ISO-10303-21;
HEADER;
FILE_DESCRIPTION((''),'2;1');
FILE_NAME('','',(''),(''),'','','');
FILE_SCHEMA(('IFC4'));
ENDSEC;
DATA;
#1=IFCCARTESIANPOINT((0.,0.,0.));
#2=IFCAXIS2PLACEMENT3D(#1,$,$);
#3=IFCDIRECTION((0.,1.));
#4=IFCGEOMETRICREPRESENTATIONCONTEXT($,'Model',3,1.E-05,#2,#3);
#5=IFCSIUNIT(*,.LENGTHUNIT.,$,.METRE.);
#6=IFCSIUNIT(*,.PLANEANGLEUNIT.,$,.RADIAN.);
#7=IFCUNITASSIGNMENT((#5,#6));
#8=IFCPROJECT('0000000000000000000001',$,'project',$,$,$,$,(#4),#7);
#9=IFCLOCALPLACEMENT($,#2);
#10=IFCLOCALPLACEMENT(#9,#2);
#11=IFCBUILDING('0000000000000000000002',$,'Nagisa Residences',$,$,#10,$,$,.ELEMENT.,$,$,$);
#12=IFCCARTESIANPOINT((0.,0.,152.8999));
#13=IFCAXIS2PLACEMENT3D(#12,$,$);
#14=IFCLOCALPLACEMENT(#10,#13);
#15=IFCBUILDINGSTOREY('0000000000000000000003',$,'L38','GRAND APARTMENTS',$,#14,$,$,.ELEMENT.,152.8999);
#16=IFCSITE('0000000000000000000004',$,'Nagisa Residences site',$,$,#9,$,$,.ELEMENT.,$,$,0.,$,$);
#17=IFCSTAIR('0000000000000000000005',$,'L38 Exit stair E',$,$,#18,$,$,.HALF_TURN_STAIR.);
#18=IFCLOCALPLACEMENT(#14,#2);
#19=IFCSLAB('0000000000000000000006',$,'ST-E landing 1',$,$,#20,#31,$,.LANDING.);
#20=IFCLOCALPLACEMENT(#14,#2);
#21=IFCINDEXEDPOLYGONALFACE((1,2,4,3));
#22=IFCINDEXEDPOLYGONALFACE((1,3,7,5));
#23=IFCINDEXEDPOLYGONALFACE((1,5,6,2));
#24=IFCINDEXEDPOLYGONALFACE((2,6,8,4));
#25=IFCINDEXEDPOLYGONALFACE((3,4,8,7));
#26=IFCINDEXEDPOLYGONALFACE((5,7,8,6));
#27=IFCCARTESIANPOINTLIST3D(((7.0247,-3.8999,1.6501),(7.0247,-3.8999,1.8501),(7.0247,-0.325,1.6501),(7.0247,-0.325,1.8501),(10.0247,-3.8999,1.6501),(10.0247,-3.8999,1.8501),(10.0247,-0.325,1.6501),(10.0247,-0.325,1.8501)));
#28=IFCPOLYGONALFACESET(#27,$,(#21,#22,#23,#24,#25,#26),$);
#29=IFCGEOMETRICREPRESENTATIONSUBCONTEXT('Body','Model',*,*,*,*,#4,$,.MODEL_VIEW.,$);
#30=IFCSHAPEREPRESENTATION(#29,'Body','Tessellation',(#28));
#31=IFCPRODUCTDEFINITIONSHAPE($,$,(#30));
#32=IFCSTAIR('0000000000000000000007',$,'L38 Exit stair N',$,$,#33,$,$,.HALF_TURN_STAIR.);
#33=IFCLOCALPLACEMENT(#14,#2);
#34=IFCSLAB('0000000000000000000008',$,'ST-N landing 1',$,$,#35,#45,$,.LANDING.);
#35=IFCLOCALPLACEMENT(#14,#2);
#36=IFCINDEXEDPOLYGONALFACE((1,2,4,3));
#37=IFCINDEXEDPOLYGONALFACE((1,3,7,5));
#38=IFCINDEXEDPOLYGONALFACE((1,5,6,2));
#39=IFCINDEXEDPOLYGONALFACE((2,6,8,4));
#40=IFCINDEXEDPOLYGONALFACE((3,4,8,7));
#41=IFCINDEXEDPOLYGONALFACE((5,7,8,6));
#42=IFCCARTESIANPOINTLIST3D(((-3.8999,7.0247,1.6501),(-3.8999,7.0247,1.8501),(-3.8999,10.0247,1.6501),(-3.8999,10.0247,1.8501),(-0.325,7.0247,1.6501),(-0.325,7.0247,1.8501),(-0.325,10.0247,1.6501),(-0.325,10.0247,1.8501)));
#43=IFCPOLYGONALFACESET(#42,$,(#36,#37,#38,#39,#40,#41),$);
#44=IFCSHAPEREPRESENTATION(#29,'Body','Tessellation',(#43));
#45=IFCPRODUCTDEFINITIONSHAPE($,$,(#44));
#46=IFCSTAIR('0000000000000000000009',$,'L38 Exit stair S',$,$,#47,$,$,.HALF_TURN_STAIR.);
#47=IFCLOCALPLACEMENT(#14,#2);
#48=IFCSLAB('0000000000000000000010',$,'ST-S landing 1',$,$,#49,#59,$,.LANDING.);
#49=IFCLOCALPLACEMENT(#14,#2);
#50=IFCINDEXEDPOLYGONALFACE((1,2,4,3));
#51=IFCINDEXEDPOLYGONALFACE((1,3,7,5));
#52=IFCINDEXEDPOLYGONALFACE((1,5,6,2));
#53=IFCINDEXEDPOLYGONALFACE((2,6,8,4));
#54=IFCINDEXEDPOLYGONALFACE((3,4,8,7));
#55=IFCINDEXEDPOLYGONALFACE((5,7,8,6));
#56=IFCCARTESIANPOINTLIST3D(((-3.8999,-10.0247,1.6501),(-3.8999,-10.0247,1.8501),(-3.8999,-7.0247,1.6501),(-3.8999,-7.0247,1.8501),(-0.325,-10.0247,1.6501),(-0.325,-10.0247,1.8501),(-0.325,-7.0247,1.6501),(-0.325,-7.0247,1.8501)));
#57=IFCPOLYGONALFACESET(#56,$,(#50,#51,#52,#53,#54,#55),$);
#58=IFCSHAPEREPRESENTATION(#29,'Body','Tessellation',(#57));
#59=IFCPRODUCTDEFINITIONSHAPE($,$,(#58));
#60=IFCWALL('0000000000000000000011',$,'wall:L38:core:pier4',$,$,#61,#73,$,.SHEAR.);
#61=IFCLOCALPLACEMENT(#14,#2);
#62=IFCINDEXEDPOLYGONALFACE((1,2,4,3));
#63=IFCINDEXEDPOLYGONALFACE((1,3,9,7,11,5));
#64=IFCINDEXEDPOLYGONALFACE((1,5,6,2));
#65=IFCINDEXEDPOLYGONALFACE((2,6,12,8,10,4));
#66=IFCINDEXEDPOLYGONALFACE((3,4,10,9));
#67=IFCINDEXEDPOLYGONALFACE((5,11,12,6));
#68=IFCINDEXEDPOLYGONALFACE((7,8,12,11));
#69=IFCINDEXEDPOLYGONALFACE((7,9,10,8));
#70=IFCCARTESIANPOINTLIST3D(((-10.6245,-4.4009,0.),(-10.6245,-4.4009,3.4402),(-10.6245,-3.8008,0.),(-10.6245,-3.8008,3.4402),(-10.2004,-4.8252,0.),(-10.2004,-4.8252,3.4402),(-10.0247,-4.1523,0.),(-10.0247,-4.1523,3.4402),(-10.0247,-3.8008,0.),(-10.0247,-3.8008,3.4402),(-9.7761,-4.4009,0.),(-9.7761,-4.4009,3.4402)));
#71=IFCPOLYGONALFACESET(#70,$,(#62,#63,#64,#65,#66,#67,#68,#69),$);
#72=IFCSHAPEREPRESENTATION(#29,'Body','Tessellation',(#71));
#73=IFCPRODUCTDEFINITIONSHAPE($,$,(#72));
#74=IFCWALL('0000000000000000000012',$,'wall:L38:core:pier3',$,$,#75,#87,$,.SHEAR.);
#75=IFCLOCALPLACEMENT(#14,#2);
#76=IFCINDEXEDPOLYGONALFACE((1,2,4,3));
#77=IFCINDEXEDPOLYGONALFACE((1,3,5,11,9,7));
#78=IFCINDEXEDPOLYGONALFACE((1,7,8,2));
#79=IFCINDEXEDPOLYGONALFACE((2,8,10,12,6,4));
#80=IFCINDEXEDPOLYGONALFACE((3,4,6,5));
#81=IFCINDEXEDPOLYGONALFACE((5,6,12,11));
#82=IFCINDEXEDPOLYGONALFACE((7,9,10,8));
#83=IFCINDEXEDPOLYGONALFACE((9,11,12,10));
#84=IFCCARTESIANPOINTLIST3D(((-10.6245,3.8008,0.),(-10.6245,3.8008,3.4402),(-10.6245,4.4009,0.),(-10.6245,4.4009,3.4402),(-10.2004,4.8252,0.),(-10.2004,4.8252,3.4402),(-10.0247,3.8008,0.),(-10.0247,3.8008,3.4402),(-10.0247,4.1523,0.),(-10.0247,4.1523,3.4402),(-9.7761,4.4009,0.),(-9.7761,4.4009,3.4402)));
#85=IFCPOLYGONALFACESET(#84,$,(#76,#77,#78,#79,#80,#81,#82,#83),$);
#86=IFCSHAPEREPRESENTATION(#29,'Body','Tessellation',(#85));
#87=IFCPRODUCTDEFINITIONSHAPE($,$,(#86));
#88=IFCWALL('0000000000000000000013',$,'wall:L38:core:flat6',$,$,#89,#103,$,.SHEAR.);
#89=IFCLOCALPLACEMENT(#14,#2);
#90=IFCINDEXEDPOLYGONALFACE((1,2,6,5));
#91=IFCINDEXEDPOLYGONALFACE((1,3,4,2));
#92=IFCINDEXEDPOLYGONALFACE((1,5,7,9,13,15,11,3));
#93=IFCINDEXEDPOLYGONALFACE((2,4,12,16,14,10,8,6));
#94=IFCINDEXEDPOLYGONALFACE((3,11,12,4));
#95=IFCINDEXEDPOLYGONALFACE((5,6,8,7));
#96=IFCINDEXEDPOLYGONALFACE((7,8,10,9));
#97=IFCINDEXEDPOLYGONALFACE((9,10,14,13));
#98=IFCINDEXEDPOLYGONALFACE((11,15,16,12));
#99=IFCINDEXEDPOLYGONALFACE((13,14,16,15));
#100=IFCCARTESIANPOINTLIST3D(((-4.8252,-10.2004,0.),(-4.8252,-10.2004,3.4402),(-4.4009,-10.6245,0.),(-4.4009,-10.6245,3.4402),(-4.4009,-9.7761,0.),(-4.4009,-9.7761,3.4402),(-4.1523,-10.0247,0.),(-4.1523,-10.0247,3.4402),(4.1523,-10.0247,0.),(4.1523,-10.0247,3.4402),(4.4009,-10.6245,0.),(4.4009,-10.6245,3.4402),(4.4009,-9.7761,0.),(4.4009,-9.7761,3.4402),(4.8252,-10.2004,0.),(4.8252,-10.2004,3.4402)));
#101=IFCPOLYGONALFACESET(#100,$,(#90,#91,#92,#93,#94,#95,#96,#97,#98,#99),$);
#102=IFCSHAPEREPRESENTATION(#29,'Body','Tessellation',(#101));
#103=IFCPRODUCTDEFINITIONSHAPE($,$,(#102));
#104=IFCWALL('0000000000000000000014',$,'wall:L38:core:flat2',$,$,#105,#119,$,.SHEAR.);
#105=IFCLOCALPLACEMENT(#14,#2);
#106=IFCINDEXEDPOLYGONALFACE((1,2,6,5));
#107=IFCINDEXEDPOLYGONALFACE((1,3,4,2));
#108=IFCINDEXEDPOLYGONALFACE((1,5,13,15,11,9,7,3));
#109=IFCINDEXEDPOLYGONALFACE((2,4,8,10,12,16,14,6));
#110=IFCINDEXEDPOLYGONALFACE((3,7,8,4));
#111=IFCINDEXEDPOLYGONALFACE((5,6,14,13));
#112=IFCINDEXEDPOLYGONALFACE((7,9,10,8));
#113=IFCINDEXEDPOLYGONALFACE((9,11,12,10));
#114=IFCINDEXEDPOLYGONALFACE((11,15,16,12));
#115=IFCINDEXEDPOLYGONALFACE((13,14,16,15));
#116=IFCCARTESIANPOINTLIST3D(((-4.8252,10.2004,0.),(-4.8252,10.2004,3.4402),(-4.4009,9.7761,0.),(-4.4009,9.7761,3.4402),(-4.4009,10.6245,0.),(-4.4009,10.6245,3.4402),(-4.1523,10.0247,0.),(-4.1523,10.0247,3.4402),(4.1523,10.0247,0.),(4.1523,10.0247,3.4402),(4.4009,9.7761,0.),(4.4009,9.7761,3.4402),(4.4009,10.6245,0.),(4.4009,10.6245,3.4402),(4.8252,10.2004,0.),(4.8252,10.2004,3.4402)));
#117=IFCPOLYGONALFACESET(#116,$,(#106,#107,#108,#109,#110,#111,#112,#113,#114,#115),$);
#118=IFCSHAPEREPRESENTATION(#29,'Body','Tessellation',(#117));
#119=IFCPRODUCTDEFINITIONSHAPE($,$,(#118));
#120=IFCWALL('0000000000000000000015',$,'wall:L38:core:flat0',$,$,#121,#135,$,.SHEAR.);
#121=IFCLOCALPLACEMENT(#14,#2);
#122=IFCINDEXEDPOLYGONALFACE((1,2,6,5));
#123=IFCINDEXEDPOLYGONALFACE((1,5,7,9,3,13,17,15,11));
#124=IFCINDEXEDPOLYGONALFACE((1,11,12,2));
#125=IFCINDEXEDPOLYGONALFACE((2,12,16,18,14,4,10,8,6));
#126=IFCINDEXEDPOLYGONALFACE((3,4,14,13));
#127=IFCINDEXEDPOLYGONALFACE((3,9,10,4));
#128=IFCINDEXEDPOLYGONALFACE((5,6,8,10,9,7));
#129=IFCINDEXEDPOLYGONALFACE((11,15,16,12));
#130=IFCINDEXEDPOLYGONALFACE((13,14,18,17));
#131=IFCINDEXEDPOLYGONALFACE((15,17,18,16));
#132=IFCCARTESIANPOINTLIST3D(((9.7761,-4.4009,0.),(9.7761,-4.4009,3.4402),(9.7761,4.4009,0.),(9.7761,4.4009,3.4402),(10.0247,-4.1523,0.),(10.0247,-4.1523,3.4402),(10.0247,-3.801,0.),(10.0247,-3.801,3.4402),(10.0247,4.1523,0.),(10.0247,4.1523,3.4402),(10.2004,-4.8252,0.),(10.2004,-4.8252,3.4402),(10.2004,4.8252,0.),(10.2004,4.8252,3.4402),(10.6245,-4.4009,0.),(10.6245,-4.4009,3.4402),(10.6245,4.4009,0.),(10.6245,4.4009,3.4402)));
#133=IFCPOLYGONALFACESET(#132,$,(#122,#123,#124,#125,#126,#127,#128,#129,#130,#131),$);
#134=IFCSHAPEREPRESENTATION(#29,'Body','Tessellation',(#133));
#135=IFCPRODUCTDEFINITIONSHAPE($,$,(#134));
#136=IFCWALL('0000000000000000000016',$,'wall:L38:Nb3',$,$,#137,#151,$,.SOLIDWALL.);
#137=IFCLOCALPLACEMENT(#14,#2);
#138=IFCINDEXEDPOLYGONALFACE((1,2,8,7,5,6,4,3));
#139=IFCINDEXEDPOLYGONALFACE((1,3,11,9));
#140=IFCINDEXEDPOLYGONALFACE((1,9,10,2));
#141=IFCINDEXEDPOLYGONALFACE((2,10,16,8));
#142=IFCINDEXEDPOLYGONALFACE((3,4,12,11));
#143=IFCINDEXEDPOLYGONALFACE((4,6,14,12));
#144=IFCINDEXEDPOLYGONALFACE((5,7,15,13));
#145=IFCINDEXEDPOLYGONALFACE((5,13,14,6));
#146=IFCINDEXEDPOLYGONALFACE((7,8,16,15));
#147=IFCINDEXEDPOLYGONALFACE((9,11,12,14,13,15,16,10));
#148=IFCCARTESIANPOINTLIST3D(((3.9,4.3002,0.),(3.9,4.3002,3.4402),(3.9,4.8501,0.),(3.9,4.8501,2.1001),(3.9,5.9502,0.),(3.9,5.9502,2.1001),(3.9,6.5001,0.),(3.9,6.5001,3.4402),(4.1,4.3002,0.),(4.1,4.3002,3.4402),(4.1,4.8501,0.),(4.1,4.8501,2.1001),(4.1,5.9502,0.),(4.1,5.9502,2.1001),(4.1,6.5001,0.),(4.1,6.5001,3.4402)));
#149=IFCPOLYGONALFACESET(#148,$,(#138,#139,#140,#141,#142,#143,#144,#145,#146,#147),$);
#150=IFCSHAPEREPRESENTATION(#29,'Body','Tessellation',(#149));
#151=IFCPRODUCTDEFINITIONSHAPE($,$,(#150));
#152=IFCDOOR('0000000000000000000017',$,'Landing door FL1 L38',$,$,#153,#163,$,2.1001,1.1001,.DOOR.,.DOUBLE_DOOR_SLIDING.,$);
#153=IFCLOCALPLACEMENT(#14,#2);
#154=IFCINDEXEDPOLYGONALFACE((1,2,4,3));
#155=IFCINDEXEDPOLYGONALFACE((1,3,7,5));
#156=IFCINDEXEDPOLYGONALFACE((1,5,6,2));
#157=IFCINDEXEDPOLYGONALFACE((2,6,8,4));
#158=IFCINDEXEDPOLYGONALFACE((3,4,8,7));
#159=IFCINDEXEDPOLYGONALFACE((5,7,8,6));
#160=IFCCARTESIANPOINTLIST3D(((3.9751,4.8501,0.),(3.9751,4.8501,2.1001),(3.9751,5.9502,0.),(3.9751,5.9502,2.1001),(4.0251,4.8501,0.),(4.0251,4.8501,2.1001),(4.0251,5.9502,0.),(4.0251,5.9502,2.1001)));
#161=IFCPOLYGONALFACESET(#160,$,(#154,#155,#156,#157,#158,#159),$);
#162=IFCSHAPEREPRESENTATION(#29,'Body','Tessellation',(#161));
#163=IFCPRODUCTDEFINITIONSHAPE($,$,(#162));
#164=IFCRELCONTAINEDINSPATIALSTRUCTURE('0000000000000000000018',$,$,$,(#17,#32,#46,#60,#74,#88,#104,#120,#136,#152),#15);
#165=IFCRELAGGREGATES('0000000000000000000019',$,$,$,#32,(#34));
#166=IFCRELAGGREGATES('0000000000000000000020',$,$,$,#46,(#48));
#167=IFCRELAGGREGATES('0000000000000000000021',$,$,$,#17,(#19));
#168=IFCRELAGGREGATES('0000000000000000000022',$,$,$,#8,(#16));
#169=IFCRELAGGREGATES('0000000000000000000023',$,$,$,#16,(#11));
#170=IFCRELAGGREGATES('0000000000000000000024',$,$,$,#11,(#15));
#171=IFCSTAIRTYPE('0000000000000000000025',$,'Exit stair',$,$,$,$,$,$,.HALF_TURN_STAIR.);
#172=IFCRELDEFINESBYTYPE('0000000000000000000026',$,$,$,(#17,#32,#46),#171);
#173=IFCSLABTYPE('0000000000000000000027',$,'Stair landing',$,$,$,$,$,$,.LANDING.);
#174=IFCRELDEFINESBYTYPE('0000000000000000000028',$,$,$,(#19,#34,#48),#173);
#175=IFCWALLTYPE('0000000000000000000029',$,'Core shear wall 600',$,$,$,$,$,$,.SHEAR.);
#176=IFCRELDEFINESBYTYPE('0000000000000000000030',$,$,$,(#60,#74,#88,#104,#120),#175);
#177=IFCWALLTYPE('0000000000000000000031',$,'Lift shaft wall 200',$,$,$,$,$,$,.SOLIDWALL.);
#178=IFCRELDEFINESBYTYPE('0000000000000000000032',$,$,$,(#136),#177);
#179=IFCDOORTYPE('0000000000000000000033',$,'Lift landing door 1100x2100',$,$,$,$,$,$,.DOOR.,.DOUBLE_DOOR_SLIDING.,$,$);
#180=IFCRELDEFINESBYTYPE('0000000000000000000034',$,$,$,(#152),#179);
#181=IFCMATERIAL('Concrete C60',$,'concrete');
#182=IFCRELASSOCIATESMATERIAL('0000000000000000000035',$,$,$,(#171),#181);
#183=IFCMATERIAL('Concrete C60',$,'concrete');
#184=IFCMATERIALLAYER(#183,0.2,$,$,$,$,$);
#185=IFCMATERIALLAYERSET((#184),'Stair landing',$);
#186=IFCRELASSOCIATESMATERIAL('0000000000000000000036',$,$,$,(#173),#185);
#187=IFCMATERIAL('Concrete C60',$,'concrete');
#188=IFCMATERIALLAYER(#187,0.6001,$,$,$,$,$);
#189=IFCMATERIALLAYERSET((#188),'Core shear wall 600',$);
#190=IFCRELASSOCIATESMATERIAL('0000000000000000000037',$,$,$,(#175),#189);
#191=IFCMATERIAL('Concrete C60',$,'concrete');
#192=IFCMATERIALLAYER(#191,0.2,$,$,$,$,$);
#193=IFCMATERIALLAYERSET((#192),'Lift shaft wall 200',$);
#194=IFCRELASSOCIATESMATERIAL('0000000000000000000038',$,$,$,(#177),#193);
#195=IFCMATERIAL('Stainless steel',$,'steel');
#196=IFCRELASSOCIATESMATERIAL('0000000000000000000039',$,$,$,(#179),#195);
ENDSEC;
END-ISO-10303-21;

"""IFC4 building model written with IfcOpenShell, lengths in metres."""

from ifc_helpers import new_model, si_unit, direction, frame, frame_2d, origin, place, context, subcontext, project, spatial, polyline, rectangle, outline, extrude, material, layer, layer_set, type_object, element, fill, aggregate, save


model = new_model("IFC4")

# Units and contexts
model_context = context("Model", 3, precision=1e-05, world=origin(), true_north=direction((0.0, 1.0)))
body_context = subcontext(model_context, "Body", "Model", "MODEL_VIEW")
ifc_project = project(units=[si_unit("LENGTHUNIT", "METRE"), si_unit("PLANEANGLEUNIT", "RADIAN")], contexts=[model_context])

# Site, building, storey
site_placement = place(None, origin())
site = spatial("IfcSite", under=ifc_project, at=site_placement, Name="Nagisa Residences site", CompositionType="ELEMENT", RefElevation=0.0)
building_placement = place(site_placement, origin())
building = spatial("IfcBuilding", under=site, at=building_placement, Name="Nagisa Residences", CompositionType="ELEMENT")
storey_placement = place(building_placement, frame((0.0, 0.0, 152.8999)))
storey = spatial("IfcBuildingStorey", under=building, at=storey_placement, Name="L38", Description="GRAND APARTMENTS", CompositionType="ELEMENT", Elevation=152.8999)

# Stairs, slabs
ifc_material_1 = material(Name="Concrete C60", Category="concrete")
stair_type = type_object("IfcStairType", Name="Exit stair", PredefinedType="HALF_TURN_STAIR", material=ifc_material_1)
stair_1_placement = place(storey_placement, origin())
stair_1 = element("IfcStair", 1, at=stair_1_placement, inside=storey, type_object=stair_type, Name="L38 Exit stair E", PredefinedType="HALF_TURN_STAIR")
ifc_material_2 = material(Name="Concrete C60", Category="concrete")
ifc_layer_1 = layer(ifc_material_2, 0.2)
ifc_layer_set_1 = layer_set([ifc_layer_1], Name="Stair landing")
slab_type = type_object("IfcSlabType", Name="Stair landing", PredefinedType="LANDING", material=ifc_layer_set_1)
slab_1_placement = place(storey_placement, frame((0.0, 0.0, 1.6501)))
slab_1 = element("IfcSlab", 2, at=slab_1_placement, type_object=slab_type, Name="ST-E landing 1", PredefinedType="LANDING", context=body_context, shape_type="SweptSolid", body=[
    extrude(outline(polyline([(7.0247, -0.325), (7.0247, -3.8999), (10.0247, -3.8999), (10.0247, -0.325), (7.0247, -0.325)])), origin(), (0.0, 0.0, 1.0), 0.2),
])
stair_2_placement = place(storey_placement, origin())
stair_2 = element("IfcStair", 3, at=stair_2_placement, inside=storey, type_object=stair_type, Name="L38 Exit stair N", PredefinedType="HALF_TURN_STAIR")
slab_2_placement = place(storey_placement, frame((0.0, 0.0, 1.6501)))
slab_2 = element("IfcSlab", 4, at=slab_2_placement, type_object=slab_type, Name="ST-N landing 1", PredefinedType="LANDING", context=body_context, shape_type="SweptSolid", body=[
    extrude(outline(polyline([(-0.325, 10.0247), (-3.8999, 10.0247), (-3.8999, 7.0247), (-0.325, 7.0247), (-0.325, 10.0247)])), origin(), (0.0, 0.0, 1.0), 0.2),
])
aggregate(stair_2, [slab_2])
stair_3_placement = place(storey_placement, origin())
stair_3 = element("IfcStair", 5, at=stair_3_placement, inside=storey, type_object=stair_type, Name="L38 Exit stair S", PredefinedType="HALF_TURN_STAIR")
slab_3_placement = place(storey_placement, frame((0.0, 0.0, 1.6501)))
slab_3 = element("IfcSlab", 6, at=slab_3_placement, type_object=slab_type, Name="ST-S landing 1", PredefinedType="LANDING", context=body_context, shape_type="SweptSolid", body=[
    extrude(outline(polyline([(-0.325, -7.0247), (-3.8999, -7.0247), (-3.8999, -10.0247), (-0.325, -10.0247), (-0.325, -7.0247)])), origin(), (0.0, 0.0, 1.0), 0.2),
])
aggregate(stair_3, [slab_3])

# Walls
ifc_material_3 = material(Name="Concrete C60", Category="concrete")
ifc_layer_2 = layer(ifc_material_3, 0.6001)
ifc_layer_set_2 = layer_set([ifc_layer_2], Name="Core shear wall 600")
wall_type_1 = type_object("IfcWallType", Name="Core shear wall 600", PredefinedType="SHEAR", material=ifc_layer_set_2)
wall_1_placement = place(storey_placement, origin())
element("IfcWall", 7, at=wall_1_placement, inside=storey, type_object=wall_type_1, Name="wall:L38:core:pier4", PredefinedType="SHEAR", context=body_context, shape_type="SweptSolid", body=[
    extrude(outline(polyline([(-10.6245, -3.8008), (-10.0247, -3.8008), (-10.0247, -4.1523), (-9.7761, -4.4009), (-10.2004, -4.8252), (-10.6245, -4.4009), (-10.6245, -3.8008)])), origin(), (0.0, 0.0, 1.0), 3.4402),
])
wall_2_placement = place(storey_placement, origin())
element("IfcWall", 8, at=wall_2_placement, inside=storey, type_object=wall_type_1, Name="wall:L38:core:pier3", PredefinedType="SHEAR", context=body_context, shape_type="SweptSolid", body=[
    extrude(outline(polyline([(-10.2004, 4.8252), (-9.7761, 4.4009), (-10.0247, 4.1523), (-10.0247, 3.8008), (-10.6245, 3.8008), (-10.6245, 4.4009), (-10.2004, 4.8252)])), origin(), (0.0, 0.0, 1.0), 3.4402),
])
wall_3_placement = place(storey_placement, origin())
element("IfcWall", 9, at=wall_3_placement, inside=storey, type_object=wall_type_1, Name="wall:L38:core:flat6", PredefinedType="SHEAR", context=body_context, shape_type="SweptSolid", body=[
    extrude(outline(polyline([(-4.1523, -10.0247), (4.1523, -10.0247), (4.4009, -9.7761), (4.8252, -10.2004), (4.4009, -10.6245), (-4.4009, -10.6245), (-4.8252, -10.2004), (-4.4009, -9.7761), (-4.1523, -10.0247)])), origin(), (0.0, 0.0, 1.0), 3.4402),
])
wall_4_placement = place(storey_placement, origin())
element("IfcWall", 10, at=wall_4_placement, inside=storey, type_object=wall_type_1, Name="wall:L38:core:flat2", PredefinedType="SHEAR", context=body_context, shape_type="SweptSolid", body=[
    extrude(outline(polyline([(-4.1523, 10.0247), (-4.4009, 9.7761), (-4.8252, 10.2004), (-4.4009, 10.6245), (4.4009, 10.6245), (4.8252, 10.2004), (4.4009, 9.7761), (4.1523, 10.0247), (-4.1523, 10.0247)])), origin(), (0.0, 0.0, 1.0), 3.4402),
])
wall_5_placement = place(storey_placement, origin())
element("IfcWall", 11, at=wall_5_placement, inside=storey, type_object=wall_type_1, Name="wall:L38:core:flat0", PredefinedType="SHEAR", context=body_context, shape_type="SweptSolid", body=[
    extrude(outline(polyline([(9.7761, -4.4009), (10.0247, -4.1523), (10.0247, -3.801), (10.0247, 4.1523), (9.7761, 4.4009), (10.2004, 4.8252), (10.6245, 4.4009), (10.6245, -4.4009), (10.2004, -4.8252), (9.7761, -4.4009)])), origin(), (0.0, 0.0, 1.0), 3.4402),
])

# Wall, opening, door
ifc_material_4 = material(Name="Concrete C60", Category="concrete")
ifc_layer_3 = layer(ifc_material_4, 0.2)
ifc_layer_set_3 = layer_set([ifc_layer_3], Name="Lift shaft wall 200")
wall_type_2 = type_object("IfcWallType", Name="Lift shaft wall 200", PredefinedType="SOLIDWALL", material=ifc_layer_set_3)
wall_6_placement = place(storey_placement, frame((4.0, 4.3, 0.0), z_axis=(0.0, 0.0, 1.0), x_axis=(0.0, 1.0, 0.0)))
wall_6 = element("IfcWall", 12, at=wall_6_placement, inside=storey, type_object=wall_type_2, Name="wall:L38:Nb3", PredefinedType="SOLIDWALL", context=body_context, shape_type="SweptSolid", body=[
    extrude(rectangle(XDim=2.2, YDim=0.2, at=frame_2d((1.1001, 0.0))), origin(), (0.0, 0.0, 1.0), 3.4402),
])
opening_1_placement = place(wall_6_placement, frame((0.55, 0.0, 0.0)))
opening_1 = element("IfcOpeningElement", 13, at=opening_1_placement, cuts=wall_6, PredefinedType="OPENING", context=body_context, shape_type="SweptSolid", body=[
    extrude(rectangle(XDim=1.1001, YDim=2.1001, at=frame_2d((0.55, 1.05))), frame((0.0, 0.1099, 0.0), z_axis=(0.0, -1.0, 0.0), x_axis=(1.0, 0.0, 0.0)), (0.0, 0.0, 1.0), 0.22),
])
ifc_material_5 = material(Name="Stainless steel", Category="steel")
door_type_1 = type_object("IfcDoorType", Name="Lift landing door 1100x2100", OperationType="DOUBLE_DOOR_SLIDING", PredefinedType="DOOR", material=ifc_material_5)
door_1_placement = place(opening_1_placement, origin())
door_1 = element("IfcDoor", 14, at=door_1_placement, inside=storey, type_object=door_type_1, Name="Landing door FL1 L38", OperationType="DOUBLE_DOOR_SLIDING", OverallHeight=2.1001, OverallWidth=1.1001, PredefinedType="DOOR", context=body_context, shape_type="SweptSolid", body=[
    extrude(rectangle(XDim=1.1001, YDim=2.1001, at=frame_2d((0.55, 1.05))), frame((0.0, 0.0249, 0.0), z_axis=(0.0, -1.0, 0.0), x_axis=(1.0, 0.0, 0.0)), (0.0, 0.0, 1.0), 0.05),
])
fill(opening_1, door_1)

aggregate(stair_1, [slab_1])

save(model, "model.ifc")
